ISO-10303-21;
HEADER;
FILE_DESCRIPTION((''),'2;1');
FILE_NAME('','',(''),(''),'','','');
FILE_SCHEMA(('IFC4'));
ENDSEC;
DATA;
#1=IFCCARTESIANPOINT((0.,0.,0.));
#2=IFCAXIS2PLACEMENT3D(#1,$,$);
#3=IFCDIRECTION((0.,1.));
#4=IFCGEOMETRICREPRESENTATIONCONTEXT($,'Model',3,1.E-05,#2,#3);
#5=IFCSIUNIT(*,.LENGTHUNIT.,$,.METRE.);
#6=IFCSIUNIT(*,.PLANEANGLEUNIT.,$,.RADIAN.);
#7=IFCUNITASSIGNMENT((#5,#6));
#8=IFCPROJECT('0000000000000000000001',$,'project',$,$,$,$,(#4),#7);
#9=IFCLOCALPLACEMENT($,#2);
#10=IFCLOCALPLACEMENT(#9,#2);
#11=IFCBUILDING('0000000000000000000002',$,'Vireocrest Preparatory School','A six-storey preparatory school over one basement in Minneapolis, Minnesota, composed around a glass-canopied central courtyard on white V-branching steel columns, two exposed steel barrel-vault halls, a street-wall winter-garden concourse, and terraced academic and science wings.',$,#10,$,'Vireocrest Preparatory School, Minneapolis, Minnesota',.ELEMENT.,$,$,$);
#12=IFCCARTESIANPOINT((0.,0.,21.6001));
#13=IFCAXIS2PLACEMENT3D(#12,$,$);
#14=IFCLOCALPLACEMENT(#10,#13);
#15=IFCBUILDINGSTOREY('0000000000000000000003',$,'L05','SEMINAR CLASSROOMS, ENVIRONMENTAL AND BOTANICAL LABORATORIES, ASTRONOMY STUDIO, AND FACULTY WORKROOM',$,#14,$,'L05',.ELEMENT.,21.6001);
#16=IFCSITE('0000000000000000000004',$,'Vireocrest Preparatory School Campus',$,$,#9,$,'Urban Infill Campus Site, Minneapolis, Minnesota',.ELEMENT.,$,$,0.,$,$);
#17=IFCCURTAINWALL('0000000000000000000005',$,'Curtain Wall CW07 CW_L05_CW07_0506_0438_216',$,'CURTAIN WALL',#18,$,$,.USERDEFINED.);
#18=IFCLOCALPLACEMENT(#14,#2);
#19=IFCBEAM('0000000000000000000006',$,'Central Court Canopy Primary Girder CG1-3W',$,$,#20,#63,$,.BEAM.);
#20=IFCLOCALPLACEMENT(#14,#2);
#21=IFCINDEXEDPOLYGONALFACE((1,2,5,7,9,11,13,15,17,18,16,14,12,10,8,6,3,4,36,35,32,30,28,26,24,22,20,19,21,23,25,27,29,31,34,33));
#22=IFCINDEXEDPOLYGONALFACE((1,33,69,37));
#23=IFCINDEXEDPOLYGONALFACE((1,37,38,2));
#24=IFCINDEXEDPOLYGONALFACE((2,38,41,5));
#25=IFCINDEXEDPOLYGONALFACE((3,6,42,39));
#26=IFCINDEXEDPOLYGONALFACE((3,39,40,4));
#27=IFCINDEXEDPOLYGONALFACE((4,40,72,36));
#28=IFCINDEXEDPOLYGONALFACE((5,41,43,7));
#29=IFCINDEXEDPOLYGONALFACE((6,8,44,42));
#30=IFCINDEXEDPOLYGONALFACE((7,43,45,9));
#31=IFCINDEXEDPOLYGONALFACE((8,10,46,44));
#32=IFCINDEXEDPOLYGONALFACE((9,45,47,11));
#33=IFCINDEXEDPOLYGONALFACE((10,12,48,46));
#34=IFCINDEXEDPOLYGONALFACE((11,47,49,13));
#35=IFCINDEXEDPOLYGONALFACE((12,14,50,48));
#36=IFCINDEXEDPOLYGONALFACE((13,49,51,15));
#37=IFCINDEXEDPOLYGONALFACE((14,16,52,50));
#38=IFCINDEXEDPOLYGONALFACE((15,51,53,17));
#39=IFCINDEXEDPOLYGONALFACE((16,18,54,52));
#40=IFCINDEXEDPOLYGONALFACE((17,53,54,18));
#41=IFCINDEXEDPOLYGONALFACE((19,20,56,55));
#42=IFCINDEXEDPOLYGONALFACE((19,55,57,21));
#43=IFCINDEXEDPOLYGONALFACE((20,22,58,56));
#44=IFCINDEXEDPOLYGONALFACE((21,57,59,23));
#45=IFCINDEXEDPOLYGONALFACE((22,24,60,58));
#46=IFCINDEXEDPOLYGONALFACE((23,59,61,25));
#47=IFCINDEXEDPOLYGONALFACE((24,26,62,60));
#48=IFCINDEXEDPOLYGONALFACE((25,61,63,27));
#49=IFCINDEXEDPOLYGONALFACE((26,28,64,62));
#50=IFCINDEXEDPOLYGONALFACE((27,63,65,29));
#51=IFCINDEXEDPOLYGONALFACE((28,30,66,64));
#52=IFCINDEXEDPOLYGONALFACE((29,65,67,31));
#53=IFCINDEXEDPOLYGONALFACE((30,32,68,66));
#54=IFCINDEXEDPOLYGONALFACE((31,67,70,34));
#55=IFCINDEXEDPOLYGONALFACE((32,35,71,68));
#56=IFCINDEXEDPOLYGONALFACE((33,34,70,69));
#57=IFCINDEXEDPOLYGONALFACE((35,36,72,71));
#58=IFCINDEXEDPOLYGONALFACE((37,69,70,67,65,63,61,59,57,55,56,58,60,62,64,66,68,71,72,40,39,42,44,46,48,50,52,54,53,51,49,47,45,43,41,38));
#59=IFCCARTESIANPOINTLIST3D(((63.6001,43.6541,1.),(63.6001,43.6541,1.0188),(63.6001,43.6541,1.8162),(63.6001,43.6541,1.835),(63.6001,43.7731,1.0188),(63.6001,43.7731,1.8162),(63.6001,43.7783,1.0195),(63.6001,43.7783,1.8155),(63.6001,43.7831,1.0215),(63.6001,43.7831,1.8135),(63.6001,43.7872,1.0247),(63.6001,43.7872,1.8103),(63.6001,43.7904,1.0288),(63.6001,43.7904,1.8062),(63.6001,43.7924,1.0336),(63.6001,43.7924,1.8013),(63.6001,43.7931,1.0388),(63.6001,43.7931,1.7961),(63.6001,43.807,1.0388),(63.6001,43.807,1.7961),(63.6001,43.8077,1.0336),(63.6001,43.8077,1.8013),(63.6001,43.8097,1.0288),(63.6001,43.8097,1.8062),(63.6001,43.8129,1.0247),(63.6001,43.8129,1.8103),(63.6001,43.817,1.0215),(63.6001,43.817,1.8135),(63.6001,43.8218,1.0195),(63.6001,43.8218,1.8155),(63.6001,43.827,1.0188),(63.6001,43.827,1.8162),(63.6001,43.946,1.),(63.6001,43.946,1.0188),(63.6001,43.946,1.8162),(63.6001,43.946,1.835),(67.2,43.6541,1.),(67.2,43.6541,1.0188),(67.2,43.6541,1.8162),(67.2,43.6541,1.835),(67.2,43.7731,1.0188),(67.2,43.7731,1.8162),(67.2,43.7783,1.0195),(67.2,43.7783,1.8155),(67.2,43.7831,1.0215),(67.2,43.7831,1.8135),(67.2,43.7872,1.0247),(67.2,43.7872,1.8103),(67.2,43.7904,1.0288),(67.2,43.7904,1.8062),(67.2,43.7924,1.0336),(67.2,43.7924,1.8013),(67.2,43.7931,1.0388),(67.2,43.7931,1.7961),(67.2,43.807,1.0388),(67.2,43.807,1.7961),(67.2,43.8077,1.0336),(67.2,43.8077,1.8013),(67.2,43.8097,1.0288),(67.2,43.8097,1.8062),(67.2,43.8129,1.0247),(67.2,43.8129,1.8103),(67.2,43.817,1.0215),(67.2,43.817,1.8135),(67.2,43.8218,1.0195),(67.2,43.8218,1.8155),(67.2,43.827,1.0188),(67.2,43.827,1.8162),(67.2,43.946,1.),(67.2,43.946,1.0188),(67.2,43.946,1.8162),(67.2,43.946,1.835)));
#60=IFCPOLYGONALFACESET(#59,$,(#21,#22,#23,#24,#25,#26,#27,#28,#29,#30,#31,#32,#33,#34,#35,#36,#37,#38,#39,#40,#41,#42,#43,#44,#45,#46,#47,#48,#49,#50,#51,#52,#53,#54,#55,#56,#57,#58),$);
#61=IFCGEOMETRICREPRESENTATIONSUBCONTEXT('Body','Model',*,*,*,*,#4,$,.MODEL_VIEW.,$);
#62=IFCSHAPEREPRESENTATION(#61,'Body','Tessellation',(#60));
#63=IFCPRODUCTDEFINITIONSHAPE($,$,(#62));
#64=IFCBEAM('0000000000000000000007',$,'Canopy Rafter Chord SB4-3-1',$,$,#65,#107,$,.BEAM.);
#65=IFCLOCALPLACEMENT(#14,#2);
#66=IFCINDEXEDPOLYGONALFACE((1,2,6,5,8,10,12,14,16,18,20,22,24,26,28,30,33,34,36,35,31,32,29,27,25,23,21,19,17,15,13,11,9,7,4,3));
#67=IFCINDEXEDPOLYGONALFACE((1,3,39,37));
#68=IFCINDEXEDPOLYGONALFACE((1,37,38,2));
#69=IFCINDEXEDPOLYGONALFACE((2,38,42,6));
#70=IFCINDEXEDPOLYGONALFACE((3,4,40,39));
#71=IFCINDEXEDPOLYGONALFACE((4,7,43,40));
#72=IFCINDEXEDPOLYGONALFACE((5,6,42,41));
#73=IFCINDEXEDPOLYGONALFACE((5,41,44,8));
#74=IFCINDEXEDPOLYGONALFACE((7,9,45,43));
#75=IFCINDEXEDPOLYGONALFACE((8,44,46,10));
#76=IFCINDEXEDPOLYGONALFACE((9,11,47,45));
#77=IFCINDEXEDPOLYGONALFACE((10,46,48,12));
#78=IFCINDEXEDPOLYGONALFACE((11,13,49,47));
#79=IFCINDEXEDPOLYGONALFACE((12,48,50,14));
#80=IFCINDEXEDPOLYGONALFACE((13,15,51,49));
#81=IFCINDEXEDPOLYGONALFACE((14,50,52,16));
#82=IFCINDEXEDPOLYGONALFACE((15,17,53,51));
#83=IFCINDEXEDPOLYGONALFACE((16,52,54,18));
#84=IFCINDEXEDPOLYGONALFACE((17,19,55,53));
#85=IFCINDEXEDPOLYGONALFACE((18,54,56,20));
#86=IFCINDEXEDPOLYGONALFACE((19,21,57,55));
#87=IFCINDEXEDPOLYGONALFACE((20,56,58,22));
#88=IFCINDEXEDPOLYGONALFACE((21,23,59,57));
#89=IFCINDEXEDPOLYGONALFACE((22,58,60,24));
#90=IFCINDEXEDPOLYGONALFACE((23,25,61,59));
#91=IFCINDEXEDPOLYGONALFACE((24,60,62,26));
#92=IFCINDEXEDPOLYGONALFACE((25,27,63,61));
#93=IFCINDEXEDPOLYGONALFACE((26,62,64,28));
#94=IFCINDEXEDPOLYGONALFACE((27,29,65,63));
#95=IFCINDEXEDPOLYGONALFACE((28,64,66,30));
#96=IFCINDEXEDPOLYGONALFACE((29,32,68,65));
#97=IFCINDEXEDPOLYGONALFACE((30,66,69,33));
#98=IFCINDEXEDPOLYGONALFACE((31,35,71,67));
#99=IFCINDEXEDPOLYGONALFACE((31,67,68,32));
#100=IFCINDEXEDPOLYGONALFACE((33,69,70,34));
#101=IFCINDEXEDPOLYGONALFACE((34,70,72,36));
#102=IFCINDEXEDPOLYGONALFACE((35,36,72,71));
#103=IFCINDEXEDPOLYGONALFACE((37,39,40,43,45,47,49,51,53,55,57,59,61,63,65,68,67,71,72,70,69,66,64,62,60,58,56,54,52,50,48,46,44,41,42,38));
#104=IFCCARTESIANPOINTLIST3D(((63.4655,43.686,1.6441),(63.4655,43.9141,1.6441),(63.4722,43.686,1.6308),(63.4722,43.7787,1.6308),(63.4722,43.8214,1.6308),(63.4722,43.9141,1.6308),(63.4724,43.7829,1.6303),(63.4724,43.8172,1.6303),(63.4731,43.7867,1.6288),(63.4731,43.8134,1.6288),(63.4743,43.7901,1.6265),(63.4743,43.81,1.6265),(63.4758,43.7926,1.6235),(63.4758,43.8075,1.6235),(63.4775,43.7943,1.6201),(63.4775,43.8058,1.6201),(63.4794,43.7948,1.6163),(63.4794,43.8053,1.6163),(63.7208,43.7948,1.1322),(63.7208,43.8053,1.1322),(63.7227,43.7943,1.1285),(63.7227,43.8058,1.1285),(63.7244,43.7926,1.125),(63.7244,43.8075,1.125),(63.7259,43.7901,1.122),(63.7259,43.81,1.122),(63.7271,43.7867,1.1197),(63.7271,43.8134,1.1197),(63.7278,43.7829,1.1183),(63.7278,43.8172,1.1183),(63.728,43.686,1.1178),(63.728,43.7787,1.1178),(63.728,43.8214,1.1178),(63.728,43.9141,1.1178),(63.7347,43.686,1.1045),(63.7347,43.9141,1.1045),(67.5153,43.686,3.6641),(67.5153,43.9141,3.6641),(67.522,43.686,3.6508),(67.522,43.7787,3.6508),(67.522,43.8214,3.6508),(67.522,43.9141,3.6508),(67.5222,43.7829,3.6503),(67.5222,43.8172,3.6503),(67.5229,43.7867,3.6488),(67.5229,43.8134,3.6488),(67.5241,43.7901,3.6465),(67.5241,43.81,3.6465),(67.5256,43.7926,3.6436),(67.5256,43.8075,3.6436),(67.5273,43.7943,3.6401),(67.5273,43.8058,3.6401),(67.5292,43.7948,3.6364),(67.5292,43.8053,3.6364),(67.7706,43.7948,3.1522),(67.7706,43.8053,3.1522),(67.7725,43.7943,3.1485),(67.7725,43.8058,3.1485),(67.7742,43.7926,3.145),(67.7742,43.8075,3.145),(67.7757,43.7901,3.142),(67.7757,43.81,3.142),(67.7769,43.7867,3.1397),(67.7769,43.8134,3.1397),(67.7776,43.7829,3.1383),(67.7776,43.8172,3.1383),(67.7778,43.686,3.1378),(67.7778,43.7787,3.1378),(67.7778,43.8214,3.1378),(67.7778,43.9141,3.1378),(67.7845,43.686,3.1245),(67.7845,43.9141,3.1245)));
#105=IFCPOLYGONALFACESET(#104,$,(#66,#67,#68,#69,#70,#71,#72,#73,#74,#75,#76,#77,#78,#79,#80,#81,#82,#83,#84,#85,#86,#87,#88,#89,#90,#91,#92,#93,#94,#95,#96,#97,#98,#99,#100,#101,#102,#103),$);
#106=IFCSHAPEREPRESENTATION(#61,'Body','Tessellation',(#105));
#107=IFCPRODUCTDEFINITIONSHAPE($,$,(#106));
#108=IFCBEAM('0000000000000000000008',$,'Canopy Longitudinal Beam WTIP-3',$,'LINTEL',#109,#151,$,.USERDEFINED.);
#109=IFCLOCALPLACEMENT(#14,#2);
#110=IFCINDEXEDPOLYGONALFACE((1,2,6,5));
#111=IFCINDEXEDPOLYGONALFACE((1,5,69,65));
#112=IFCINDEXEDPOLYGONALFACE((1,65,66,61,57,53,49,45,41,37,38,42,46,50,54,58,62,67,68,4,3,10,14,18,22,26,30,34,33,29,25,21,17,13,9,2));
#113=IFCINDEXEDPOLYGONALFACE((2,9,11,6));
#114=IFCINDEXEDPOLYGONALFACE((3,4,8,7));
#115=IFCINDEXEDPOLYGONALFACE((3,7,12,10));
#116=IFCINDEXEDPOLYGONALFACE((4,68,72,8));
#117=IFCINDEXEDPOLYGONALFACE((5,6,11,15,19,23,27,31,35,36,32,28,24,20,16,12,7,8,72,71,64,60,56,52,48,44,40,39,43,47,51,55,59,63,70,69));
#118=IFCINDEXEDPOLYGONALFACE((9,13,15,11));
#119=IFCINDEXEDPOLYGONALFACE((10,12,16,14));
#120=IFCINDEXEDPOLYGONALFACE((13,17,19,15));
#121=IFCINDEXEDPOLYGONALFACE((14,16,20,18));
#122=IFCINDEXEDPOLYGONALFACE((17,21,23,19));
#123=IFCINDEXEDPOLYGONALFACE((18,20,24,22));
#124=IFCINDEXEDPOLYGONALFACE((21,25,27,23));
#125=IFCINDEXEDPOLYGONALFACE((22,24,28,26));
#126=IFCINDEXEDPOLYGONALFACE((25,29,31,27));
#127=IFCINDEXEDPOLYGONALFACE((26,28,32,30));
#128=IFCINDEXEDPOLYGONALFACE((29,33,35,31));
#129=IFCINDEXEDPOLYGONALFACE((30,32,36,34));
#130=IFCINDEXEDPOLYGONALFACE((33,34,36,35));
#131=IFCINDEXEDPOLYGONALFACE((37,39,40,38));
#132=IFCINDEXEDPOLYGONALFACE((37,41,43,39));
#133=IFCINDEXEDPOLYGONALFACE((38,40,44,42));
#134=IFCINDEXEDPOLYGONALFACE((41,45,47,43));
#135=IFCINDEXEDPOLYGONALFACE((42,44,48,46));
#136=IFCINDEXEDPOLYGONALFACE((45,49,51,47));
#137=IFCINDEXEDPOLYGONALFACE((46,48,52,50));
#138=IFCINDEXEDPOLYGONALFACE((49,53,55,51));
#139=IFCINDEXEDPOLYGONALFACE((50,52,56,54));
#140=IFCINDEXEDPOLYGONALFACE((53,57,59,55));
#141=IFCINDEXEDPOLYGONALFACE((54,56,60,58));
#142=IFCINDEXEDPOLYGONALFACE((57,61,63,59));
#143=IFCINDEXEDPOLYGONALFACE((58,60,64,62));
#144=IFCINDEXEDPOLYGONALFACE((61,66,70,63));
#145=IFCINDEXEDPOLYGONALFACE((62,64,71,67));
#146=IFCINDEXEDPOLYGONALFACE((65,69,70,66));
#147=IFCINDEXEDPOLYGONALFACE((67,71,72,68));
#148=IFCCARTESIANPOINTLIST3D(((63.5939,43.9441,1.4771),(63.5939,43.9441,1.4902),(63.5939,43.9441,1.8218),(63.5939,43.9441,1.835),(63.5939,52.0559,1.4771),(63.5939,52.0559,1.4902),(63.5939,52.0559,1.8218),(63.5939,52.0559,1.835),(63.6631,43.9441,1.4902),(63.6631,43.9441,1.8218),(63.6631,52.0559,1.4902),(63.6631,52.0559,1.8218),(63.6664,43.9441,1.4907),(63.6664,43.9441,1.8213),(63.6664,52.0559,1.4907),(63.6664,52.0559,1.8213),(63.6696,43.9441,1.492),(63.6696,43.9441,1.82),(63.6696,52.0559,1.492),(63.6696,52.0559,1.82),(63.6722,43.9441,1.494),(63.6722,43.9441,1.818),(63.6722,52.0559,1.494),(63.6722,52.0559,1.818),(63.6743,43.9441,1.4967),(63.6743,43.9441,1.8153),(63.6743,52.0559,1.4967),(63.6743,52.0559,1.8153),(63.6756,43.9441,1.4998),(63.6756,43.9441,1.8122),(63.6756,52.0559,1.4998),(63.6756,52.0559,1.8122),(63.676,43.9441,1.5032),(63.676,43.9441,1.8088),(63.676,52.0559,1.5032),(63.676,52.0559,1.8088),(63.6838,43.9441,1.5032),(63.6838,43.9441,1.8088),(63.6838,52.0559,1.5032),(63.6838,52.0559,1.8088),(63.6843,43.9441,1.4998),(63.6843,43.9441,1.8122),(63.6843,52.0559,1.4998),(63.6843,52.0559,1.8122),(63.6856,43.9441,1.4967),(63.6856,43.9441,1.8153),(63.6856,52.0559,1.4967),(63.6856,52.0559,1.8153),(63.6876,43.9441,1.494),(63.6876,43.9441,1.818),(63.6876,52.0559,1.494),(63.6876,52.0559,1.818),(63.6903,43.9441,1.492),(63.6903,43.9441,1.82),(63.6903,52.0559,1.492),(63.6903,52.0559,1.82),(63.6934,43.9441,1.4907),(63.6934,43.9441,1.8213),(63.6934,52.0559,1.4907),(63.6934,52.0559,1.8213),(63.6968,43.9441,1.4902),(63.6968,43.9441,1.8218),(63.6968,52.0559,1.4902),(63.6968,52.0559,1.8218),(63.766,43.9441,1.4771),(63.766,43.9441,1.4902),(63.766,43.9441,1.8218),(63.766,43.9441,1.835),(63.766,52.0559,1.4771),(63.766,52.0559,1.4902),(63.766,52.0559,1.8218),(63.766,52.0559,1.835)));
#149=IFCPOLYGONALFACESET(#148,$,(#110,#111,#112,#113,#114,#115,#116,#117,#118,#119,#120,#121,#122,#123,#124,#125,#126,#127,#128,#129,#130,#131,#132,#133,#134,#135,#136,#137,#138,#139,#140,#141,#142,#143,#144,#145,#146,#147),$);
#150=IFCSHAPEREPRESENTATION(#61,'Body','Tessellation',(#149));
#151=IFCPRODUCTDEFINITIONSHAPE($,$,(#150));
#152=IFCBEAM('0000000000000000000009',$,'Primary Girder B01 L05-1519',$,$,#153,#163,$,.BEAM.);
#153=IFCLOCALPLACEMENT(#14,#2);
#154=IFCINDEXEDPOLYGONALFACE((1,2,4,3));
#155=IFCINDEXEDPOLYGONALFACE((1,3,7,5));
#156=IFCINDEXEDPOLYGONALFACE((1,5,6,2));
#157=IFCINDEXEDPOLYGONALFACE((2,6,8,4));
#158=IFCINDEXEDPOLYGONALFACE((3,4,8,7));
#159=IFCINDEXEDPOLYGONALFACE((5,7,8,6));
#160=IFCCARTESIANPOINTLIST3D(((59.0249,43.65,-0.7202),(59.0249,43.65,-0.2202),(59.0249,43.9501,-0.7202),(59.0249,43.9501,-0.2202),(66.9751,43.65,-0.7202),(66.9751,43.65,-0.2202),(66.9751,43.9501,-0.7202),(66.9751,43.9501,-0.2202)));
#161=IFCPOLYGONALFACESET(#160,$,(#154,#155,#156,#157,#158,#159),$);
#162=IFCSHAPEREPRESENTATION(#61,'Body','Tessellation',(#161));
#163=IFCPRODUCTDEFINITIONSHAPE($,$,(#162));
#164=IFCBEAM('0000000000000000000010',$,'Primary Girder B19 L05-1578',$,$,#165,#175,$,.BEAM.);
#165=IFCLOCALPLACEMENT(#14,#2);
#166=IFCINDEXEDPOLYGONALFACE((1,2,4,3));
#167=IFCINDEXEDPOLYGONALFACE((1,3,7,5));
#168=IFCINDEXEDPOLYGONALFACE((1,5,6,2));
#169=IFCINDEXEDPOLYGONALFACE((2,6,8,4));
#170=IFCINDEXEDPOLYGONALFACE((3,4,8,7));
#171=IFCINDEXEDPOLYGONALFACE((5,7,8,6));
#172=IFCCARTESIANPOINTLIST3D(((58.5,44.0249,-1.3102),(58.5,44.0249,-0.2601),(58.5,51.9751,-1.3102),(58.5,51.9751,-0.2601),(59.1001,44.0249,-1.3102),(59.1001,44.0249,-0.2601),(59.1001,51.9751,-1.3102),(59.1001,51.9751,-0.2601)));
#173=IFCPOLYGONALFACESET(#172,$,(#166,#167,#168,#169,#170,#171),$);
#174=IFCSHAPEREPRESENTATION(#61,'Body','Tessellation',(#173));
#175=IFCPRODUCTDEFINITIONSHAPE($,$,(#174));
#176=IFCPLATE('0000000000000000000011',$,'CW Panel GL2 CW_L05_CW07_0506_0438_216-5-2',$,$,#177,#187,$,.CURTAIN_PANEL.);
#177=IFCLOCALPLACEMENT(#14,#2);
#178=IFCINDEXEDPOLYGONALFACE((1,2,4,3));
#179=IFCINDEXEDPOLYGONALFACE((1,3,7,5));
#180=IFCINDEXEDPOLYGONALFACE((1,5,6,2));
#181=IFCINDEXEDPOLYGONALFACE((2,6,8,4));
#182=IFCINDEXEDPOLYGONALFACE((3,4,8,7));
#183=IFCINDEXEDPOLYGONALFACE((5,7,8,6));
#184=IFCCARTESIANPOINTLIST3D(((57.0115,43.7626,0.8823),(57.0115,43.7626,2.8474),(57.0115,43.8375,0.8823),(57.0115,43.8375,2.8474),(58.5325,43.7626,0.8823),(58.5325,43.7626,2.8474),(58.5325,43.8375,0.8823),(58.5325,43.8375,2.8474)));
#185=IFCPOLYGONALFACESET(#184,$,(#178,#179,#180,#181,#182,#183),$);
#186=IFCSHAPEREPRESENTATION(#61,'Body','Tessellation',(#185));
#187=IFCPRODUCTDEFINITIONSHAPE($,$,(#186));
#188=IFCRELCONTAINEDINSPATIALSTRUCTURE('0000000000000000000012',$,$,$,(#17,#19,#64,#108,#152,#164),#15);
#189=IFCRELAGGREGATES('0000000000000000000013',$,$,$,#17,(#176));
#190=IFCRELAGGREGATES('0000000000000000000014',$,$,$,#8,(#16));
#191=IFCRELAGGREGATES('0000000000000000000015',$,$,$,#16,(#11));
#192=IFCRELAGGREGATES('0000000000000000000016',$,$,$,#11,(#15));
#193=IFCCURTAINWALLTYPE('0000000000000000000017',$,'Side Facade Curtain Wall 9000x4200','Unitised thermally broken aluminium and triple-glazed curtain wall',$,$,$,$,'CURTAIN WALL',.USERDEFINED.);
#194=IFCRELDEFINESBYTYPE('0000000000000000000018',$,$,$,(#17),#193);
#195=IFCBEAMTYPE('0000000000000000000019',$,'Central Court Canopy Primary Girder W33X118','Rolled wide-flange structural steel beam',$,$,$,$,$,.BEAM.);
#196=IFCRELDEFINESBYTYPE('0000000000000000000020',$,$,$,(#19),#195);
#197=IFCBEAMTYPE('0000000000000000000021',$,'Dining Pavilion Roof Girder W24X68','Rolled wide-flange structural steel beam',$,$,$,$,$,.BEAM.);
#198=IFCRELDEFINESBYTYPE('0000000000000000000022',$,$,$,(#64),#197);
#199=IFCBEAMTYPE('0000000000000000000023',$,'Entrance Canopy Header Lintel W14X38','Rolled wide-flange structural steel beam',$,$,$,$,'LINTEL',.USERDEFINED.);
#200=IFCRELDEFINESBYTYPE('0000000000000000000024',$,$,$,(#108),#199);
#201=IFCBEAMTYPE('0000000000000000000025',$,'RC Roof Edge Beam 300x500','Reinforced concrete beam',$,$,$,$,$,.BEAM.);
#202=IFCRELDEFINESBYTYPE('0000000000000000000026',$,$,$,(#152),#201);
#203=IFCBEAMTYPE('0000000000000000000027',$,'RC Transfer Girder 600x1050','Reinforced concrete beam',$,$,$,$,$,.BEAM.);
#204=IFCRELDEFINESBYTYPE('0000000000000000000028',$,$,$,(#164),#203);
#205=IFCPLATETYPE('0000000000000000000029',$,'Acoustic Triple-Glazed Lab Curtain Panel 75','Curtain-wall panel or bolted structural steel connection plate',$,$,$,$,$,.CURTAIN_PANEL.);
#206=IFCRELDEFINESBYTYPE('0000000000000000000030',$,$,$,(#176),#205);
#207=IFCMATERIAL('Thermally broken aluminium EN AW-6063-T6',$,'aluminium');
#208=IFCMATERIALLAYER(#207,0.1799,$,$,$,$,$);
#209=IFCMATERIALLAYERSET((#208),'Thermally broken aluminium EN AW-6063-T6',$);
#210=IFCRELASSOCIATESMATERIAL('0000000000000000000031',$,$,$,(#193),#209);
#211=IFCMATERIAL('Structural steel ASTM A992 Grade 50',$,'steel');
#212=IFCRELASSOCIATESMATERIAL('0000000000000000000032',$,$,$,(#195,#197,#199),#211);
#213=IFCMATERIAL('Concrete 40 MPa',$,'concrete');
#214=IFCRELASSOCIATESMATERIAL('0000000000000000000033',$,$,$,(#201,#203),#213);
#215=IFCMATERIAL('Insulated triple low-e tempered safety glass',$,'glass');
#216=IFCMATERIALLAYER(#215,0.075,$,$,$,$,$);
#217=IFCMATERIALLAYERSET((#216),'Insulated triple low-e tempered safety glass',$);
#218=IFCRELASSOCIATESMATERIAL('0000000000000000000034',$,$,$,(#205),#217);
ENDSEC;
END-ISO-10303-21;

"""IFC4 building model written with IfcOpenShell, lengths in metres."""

from ifc_helpers import new_model, si_unit, direction, frame, origin, origin_2d, place, context, subcontext, project, spatial, rectangle, i_section, extrude, material, layer, layer_set, material_profile, profile_set, type_object, element, aggregate, save


model = new_model("IFC4")

# Units and contexts
model_context = context("Model", 3, precision=1e-05, world=origin(), true_north=direction((0.0, 1.0)))
body_context = subcontext(model_context, "Body", "Model", "MODEL_VIEW")
ifc_project = project(units=[si_unit("LENGTHUNIT", "METRE"), si_unit("PLANEANGLEUNIT", "RADIAN")], contexts=[model_context])

# Site, building, storey
site_placement = place(None, origin())
site = spatial("IfcSite", under=ifc_project, at=site_placement, Name="Vireocrest Preparatory School Campus", LongName="Urban Infill Campus Site, Minneapolis, Minnesota", CompositionType="ELEMENT", RefElevation=0.0)
building_placement = place(site_placement, origin())
building = spatial("IfcBuilding", under=site, at=building_placement, Name="Vireocrest Preparatory School", Description="A six-storey preparatory school over one basement in Minneapolis, Minnesota, composed around a glass-canopied central courtyard on white V-branching steel columns, two exposed steel barrel-vault halls, a street-wall winter-garden concourse, and terraced academic and science wings.", LongName="Vireocrest Preparatory School, Minneapolis, Minnesota", CompositionType="ELEMENT")
storey_placement = place(building_placement, frame((0.0, 0.0, 21.6001)))
storey = spatial("IfcBuildingStorey", under=building, at=storey_placement, Name="L05", Description="SEMINAR CLASSROOMS, ENVIRONMENTAL AND BOTANICAL LABORATORIES, ASTRONOMY STUDIO, AND FACULTY WORKROOM", LongName="L05", CompositionType="ELEMENT", Elevation=21.6001)

# Curtain wall
ifc_material_1 = material(Name="Thermally broken aluminium EN AW-6063-T6", Category="aluminium")
ifc_layer_1 = layer(ifc_material_1, 0.1799)
ifc_layer_set_1 = layer_set([ifc_layer_1], Name="Thermally broken aluminium EN AW-6063-T6")
curtain_wall_type_1 = type_object("IfcCurtainWallType", Name="Side Facade Curtain Wall 9000x4200", Description="Unitised thermally broken aluminium and triple-glazed curtain wall", ElementType="CURTAIN WALL", PredefinedType="USERDEFINED", material=ifc_layer_set_1)
curtain_wall_1_placement = place(storey_placement, origin())
curtain_wall_1 = element("IfcCurtainWall", 1, at=curtain_wall_1_placement, inside=storey, type_object=curtain_wall_type_1, Name="Curtain Wall CW07 CW_L05_CW07_0506_0438_216", ObjectType="CURTAIN WALL", PredefinedType="USERDEFINED")

# Beams
ifc_material_2 = material(Name="Structural steel ASTM A992 Grade 50", Category="steel")
ifc_material_profile_1 = material_profile(ifc_material_2, i_section(OverallWidth=0.292, OverallDepth=0.835, WebThickness=0.0139, FlangeThickness=0.0188, FilletRadius=0.02, at=origin_2d()), Name="W33X118")
ifc_profile_set_1 = profile_set([ifc_material_profile_1], Name="Structural steel ASTM A992 Grade 50")
beam_type_1 = type_object("IfcBeamType", Name="Central Court Canopy Primary Girder W33X118", Description="Rolled wide-flange structural steel beam", PredefinedType="BEAM", material=ifc_profile_set_1)
beam_1_placement = place(storey_placement, frame((63.6001, 43.8, 1.4175), z_axis=(1.0, 0.0, 0.0), x_axis=(0.0, 1.0, 0.0)))
element("IfcBeam", 2, at=beam_1_placement, inside=storey, type_object=beam_type_1, Name="Central Court Canopy Primary Girder CG1-3W", PredefinedType="BEAM", context=body_context, shape_type="SweptSolid", body=[
    extrude(i_section(OverallWidth=0.292, OverallDepth=0.835, WebThickness=0.0139, FlangeThickness=0.0188, FilletRadius=0.02, at=origin_2d()), origin(), (0.0, 0.0, 1.0), 3.5999),
])
ifc_material_profile_2 = material_profile(ifc_material_2, i_section(OverallWidth=0.228, OverallDepth=0.603, WebThickness=0.0105, FlangeThickness=0.0149, FilletRadius=0.0161, at=origin_2d()), Name="W24X68")
ifc_profile_set_2 = profile_set([ifc_material_profile_2], Name="Structural steel ASTM A992 Grade 50")
beam_type_2 = type_object("IfcBeamType", Name="Dining Pavilion Roof Girder W24X68", Description="Rolled wide-flange structural steel beam", PredefinedType="BEAM", material=ifc_profile_set_2)
beam_2_placement = place(storey_placement, frame((63.6001, 43.8, 1.3743), z_axis=(0.894858, 0.0, 0.44635), x_axis=(0.0, 1.0, 0.0)))
element("IfcBeam", 3, at=beam_2_placement, inside=storey, type_object=beam_type_2, Name="Canopy Rafter Chord SB4-3-1", PredefinedType="BEAM", context=body_context, shape_type="SweptSolid", body=[
    extrude(i_section(OverallWidth=0.228, OverallDepth=0.603, WebThickness=0.0105, FlangeThickness=0.0149, FilletRadius=0.0161, at=origin_2d()), origin(), (0.0, 0.0, 1.0), 4.5256),
])
ifc_material_profile_3 = material_profile(ifc_material_2, i_section(OverallWidth=0.1721, OverallDepth=0.3579, WebThickness=0.0078, FlangeThickness=0.0132, FilletRadius=0.0129, at=origin_2d()), Name="W14X38")
ifc_profile_set_3 = profile_set([ifc_material_profile_3], Name="Structural steel ASTM A992 Grade 50")
beam_type_3 = type_object("IfcBeamType", Name="Entrance Canopy Header Lintel W14X38", Description="Rolled wide-flange structural steel beam", ElementType="LINTEL", PredefinedType="USERDEFINED", material=ifc_profile_set_3)
beam_3_placement = place(storey_placement, frame((63.6799, 43.9441, 1.656), z_axis=(0.0, 1.0, 0.0), x_axis=(-1.0, 0.0, 0.0)))
element("IfcBeam", 4, at=beam_3_placement, inside=storey, type_object=beam_type_3, Name="Canopy Longitudinal Beam WTIP-3", ObjectType="LINTEL", PredefinedType="USERDEFINED", context=body_context, shape_type="SweptSolid", body=[
    extrude(i_section(OverallWidth=0.1721, OverallDepth=0.3579, WebThickness=0.0078, FlangeThickness=0.0132, FilletRadius=0.0129, at=origin_2d()), origin(), (0.0, 0.0, 1.0), 8.1118),
])
ifc_material_3 = material(Name="Concrete 40 MPa", Category="concrete")
ifc_material_profile_4 = material_profile(ifc_material_3, rectangle(XDim=0.3, YDim=0.5, at=origin_2d()), Name="RC 300x500")
ifc_profile_set_4 = profile_set([ifc_material_profile_4], Name="Concrete 40 MPa")
beam_type_4 = type_object("IfcBeamType", Name="RC Roof Edge Beam 300x500", Description="Reinforced concrete beam", PredefinedType="BEAM", material=ifc_profile_set_4)
beam_4_placement = place(storey_placement, frame((59.0249, 43.8, -0.4702), z_axis=(1.0, 0.0, 0.0), x_axis=(0.0, 1.0, 0.0)))
element("IfcBeam", 5, at=beam_4_placement, inside=storey, type_object=beam_type_4, Name="Primary Girder B01 L05-1519", PredefinedType="BEAM", context=body_context, shape_type="SweptSolid", body=[
    extrude(rectangle(XDim=0.3, YDim=0.5, at=origin_2d()), origin(), (0.0, 0.0, 1.0), 7.9502),
])
ifc_material_profile_5 = material_profile(ifc_material_3, rectangle(XDim=0.6001, YDim=1.05, at=origin_2d()), Name="RC 600x1050")
ifc_profile_set_5 = profile_set([ifc_material_profile_5], Name="Concrete 40 MPa")
beam_type_5 = type_object("IfcBeamType", Name="RC Transfer Girder 600x1050", Description="Reinforced concrete beam", PredefinedType="BEAM", material=ifc_profile_set_5)
beam_5_placement = place(storey_placement, frame((58.8, 44.0249, -0.7852), z_axis=(0.0, 1.0, 0.0), x_axis=(-1.0, 0.0, 0.0)))
element("IfcBeam", 6, at=beam_5_placement, inside=storey, type_object=beam_type_5, Name="Primary Girder B19 L05-1578", PredefinedType="BEAM", context=body_context, shape_type="SweptSolid", body=[
    extrude(rectangle(XDim=0.6001, YDim=1.05, at=origin_2d()), origin(), (0.0, 0.0, 1.0), 7.9502),
])

# Plate
ifc_material_4 = material(Name="Insulated triple low-e tempered safety glass", Category="glass")
ifc_layer_2 = layer(ifc_material_4, 0.075)
ifc_layer_set_2 = layer_set([ifc_layer_2], Name="Insulated triple low-e tempered safety glass")
plate_type_1 = type_object("IfcPlateType", Name="Acoustic Triple-Glazed Lab Curtain Panel 75", Description="Curtain-wall panel or bolted structural steel connection plate", PredefinedType="CURTAIN_PANEL", material=ifc_layer_set_2)
plate_1_placement = place(storey_placement, frame((57.772, 43.8, 0.8823), z_axis=(0.0, 0.0, 1.0), x_axis=(1.0, 0.0, 0.0)))
plate_1 = element("IfcPlate", 7, at=plate_1_placement, type_object=plate_type_1, Name="CW Panel GL2 CW_L05_CW07_0506_0438_216-5-2", PredefinedType="CURTAIN_PANEL", context=body_context, shape_type="SweptSolid", body=[
    extrude(rectangle(XDim=1.521, YDim=0.075, at=origin_2d()), origin(), (0.0, 0.0, 1.0), 1.9651),
])
aggregate(curtain_wall_1, [plate_1])

save(model, "model.ifc")
